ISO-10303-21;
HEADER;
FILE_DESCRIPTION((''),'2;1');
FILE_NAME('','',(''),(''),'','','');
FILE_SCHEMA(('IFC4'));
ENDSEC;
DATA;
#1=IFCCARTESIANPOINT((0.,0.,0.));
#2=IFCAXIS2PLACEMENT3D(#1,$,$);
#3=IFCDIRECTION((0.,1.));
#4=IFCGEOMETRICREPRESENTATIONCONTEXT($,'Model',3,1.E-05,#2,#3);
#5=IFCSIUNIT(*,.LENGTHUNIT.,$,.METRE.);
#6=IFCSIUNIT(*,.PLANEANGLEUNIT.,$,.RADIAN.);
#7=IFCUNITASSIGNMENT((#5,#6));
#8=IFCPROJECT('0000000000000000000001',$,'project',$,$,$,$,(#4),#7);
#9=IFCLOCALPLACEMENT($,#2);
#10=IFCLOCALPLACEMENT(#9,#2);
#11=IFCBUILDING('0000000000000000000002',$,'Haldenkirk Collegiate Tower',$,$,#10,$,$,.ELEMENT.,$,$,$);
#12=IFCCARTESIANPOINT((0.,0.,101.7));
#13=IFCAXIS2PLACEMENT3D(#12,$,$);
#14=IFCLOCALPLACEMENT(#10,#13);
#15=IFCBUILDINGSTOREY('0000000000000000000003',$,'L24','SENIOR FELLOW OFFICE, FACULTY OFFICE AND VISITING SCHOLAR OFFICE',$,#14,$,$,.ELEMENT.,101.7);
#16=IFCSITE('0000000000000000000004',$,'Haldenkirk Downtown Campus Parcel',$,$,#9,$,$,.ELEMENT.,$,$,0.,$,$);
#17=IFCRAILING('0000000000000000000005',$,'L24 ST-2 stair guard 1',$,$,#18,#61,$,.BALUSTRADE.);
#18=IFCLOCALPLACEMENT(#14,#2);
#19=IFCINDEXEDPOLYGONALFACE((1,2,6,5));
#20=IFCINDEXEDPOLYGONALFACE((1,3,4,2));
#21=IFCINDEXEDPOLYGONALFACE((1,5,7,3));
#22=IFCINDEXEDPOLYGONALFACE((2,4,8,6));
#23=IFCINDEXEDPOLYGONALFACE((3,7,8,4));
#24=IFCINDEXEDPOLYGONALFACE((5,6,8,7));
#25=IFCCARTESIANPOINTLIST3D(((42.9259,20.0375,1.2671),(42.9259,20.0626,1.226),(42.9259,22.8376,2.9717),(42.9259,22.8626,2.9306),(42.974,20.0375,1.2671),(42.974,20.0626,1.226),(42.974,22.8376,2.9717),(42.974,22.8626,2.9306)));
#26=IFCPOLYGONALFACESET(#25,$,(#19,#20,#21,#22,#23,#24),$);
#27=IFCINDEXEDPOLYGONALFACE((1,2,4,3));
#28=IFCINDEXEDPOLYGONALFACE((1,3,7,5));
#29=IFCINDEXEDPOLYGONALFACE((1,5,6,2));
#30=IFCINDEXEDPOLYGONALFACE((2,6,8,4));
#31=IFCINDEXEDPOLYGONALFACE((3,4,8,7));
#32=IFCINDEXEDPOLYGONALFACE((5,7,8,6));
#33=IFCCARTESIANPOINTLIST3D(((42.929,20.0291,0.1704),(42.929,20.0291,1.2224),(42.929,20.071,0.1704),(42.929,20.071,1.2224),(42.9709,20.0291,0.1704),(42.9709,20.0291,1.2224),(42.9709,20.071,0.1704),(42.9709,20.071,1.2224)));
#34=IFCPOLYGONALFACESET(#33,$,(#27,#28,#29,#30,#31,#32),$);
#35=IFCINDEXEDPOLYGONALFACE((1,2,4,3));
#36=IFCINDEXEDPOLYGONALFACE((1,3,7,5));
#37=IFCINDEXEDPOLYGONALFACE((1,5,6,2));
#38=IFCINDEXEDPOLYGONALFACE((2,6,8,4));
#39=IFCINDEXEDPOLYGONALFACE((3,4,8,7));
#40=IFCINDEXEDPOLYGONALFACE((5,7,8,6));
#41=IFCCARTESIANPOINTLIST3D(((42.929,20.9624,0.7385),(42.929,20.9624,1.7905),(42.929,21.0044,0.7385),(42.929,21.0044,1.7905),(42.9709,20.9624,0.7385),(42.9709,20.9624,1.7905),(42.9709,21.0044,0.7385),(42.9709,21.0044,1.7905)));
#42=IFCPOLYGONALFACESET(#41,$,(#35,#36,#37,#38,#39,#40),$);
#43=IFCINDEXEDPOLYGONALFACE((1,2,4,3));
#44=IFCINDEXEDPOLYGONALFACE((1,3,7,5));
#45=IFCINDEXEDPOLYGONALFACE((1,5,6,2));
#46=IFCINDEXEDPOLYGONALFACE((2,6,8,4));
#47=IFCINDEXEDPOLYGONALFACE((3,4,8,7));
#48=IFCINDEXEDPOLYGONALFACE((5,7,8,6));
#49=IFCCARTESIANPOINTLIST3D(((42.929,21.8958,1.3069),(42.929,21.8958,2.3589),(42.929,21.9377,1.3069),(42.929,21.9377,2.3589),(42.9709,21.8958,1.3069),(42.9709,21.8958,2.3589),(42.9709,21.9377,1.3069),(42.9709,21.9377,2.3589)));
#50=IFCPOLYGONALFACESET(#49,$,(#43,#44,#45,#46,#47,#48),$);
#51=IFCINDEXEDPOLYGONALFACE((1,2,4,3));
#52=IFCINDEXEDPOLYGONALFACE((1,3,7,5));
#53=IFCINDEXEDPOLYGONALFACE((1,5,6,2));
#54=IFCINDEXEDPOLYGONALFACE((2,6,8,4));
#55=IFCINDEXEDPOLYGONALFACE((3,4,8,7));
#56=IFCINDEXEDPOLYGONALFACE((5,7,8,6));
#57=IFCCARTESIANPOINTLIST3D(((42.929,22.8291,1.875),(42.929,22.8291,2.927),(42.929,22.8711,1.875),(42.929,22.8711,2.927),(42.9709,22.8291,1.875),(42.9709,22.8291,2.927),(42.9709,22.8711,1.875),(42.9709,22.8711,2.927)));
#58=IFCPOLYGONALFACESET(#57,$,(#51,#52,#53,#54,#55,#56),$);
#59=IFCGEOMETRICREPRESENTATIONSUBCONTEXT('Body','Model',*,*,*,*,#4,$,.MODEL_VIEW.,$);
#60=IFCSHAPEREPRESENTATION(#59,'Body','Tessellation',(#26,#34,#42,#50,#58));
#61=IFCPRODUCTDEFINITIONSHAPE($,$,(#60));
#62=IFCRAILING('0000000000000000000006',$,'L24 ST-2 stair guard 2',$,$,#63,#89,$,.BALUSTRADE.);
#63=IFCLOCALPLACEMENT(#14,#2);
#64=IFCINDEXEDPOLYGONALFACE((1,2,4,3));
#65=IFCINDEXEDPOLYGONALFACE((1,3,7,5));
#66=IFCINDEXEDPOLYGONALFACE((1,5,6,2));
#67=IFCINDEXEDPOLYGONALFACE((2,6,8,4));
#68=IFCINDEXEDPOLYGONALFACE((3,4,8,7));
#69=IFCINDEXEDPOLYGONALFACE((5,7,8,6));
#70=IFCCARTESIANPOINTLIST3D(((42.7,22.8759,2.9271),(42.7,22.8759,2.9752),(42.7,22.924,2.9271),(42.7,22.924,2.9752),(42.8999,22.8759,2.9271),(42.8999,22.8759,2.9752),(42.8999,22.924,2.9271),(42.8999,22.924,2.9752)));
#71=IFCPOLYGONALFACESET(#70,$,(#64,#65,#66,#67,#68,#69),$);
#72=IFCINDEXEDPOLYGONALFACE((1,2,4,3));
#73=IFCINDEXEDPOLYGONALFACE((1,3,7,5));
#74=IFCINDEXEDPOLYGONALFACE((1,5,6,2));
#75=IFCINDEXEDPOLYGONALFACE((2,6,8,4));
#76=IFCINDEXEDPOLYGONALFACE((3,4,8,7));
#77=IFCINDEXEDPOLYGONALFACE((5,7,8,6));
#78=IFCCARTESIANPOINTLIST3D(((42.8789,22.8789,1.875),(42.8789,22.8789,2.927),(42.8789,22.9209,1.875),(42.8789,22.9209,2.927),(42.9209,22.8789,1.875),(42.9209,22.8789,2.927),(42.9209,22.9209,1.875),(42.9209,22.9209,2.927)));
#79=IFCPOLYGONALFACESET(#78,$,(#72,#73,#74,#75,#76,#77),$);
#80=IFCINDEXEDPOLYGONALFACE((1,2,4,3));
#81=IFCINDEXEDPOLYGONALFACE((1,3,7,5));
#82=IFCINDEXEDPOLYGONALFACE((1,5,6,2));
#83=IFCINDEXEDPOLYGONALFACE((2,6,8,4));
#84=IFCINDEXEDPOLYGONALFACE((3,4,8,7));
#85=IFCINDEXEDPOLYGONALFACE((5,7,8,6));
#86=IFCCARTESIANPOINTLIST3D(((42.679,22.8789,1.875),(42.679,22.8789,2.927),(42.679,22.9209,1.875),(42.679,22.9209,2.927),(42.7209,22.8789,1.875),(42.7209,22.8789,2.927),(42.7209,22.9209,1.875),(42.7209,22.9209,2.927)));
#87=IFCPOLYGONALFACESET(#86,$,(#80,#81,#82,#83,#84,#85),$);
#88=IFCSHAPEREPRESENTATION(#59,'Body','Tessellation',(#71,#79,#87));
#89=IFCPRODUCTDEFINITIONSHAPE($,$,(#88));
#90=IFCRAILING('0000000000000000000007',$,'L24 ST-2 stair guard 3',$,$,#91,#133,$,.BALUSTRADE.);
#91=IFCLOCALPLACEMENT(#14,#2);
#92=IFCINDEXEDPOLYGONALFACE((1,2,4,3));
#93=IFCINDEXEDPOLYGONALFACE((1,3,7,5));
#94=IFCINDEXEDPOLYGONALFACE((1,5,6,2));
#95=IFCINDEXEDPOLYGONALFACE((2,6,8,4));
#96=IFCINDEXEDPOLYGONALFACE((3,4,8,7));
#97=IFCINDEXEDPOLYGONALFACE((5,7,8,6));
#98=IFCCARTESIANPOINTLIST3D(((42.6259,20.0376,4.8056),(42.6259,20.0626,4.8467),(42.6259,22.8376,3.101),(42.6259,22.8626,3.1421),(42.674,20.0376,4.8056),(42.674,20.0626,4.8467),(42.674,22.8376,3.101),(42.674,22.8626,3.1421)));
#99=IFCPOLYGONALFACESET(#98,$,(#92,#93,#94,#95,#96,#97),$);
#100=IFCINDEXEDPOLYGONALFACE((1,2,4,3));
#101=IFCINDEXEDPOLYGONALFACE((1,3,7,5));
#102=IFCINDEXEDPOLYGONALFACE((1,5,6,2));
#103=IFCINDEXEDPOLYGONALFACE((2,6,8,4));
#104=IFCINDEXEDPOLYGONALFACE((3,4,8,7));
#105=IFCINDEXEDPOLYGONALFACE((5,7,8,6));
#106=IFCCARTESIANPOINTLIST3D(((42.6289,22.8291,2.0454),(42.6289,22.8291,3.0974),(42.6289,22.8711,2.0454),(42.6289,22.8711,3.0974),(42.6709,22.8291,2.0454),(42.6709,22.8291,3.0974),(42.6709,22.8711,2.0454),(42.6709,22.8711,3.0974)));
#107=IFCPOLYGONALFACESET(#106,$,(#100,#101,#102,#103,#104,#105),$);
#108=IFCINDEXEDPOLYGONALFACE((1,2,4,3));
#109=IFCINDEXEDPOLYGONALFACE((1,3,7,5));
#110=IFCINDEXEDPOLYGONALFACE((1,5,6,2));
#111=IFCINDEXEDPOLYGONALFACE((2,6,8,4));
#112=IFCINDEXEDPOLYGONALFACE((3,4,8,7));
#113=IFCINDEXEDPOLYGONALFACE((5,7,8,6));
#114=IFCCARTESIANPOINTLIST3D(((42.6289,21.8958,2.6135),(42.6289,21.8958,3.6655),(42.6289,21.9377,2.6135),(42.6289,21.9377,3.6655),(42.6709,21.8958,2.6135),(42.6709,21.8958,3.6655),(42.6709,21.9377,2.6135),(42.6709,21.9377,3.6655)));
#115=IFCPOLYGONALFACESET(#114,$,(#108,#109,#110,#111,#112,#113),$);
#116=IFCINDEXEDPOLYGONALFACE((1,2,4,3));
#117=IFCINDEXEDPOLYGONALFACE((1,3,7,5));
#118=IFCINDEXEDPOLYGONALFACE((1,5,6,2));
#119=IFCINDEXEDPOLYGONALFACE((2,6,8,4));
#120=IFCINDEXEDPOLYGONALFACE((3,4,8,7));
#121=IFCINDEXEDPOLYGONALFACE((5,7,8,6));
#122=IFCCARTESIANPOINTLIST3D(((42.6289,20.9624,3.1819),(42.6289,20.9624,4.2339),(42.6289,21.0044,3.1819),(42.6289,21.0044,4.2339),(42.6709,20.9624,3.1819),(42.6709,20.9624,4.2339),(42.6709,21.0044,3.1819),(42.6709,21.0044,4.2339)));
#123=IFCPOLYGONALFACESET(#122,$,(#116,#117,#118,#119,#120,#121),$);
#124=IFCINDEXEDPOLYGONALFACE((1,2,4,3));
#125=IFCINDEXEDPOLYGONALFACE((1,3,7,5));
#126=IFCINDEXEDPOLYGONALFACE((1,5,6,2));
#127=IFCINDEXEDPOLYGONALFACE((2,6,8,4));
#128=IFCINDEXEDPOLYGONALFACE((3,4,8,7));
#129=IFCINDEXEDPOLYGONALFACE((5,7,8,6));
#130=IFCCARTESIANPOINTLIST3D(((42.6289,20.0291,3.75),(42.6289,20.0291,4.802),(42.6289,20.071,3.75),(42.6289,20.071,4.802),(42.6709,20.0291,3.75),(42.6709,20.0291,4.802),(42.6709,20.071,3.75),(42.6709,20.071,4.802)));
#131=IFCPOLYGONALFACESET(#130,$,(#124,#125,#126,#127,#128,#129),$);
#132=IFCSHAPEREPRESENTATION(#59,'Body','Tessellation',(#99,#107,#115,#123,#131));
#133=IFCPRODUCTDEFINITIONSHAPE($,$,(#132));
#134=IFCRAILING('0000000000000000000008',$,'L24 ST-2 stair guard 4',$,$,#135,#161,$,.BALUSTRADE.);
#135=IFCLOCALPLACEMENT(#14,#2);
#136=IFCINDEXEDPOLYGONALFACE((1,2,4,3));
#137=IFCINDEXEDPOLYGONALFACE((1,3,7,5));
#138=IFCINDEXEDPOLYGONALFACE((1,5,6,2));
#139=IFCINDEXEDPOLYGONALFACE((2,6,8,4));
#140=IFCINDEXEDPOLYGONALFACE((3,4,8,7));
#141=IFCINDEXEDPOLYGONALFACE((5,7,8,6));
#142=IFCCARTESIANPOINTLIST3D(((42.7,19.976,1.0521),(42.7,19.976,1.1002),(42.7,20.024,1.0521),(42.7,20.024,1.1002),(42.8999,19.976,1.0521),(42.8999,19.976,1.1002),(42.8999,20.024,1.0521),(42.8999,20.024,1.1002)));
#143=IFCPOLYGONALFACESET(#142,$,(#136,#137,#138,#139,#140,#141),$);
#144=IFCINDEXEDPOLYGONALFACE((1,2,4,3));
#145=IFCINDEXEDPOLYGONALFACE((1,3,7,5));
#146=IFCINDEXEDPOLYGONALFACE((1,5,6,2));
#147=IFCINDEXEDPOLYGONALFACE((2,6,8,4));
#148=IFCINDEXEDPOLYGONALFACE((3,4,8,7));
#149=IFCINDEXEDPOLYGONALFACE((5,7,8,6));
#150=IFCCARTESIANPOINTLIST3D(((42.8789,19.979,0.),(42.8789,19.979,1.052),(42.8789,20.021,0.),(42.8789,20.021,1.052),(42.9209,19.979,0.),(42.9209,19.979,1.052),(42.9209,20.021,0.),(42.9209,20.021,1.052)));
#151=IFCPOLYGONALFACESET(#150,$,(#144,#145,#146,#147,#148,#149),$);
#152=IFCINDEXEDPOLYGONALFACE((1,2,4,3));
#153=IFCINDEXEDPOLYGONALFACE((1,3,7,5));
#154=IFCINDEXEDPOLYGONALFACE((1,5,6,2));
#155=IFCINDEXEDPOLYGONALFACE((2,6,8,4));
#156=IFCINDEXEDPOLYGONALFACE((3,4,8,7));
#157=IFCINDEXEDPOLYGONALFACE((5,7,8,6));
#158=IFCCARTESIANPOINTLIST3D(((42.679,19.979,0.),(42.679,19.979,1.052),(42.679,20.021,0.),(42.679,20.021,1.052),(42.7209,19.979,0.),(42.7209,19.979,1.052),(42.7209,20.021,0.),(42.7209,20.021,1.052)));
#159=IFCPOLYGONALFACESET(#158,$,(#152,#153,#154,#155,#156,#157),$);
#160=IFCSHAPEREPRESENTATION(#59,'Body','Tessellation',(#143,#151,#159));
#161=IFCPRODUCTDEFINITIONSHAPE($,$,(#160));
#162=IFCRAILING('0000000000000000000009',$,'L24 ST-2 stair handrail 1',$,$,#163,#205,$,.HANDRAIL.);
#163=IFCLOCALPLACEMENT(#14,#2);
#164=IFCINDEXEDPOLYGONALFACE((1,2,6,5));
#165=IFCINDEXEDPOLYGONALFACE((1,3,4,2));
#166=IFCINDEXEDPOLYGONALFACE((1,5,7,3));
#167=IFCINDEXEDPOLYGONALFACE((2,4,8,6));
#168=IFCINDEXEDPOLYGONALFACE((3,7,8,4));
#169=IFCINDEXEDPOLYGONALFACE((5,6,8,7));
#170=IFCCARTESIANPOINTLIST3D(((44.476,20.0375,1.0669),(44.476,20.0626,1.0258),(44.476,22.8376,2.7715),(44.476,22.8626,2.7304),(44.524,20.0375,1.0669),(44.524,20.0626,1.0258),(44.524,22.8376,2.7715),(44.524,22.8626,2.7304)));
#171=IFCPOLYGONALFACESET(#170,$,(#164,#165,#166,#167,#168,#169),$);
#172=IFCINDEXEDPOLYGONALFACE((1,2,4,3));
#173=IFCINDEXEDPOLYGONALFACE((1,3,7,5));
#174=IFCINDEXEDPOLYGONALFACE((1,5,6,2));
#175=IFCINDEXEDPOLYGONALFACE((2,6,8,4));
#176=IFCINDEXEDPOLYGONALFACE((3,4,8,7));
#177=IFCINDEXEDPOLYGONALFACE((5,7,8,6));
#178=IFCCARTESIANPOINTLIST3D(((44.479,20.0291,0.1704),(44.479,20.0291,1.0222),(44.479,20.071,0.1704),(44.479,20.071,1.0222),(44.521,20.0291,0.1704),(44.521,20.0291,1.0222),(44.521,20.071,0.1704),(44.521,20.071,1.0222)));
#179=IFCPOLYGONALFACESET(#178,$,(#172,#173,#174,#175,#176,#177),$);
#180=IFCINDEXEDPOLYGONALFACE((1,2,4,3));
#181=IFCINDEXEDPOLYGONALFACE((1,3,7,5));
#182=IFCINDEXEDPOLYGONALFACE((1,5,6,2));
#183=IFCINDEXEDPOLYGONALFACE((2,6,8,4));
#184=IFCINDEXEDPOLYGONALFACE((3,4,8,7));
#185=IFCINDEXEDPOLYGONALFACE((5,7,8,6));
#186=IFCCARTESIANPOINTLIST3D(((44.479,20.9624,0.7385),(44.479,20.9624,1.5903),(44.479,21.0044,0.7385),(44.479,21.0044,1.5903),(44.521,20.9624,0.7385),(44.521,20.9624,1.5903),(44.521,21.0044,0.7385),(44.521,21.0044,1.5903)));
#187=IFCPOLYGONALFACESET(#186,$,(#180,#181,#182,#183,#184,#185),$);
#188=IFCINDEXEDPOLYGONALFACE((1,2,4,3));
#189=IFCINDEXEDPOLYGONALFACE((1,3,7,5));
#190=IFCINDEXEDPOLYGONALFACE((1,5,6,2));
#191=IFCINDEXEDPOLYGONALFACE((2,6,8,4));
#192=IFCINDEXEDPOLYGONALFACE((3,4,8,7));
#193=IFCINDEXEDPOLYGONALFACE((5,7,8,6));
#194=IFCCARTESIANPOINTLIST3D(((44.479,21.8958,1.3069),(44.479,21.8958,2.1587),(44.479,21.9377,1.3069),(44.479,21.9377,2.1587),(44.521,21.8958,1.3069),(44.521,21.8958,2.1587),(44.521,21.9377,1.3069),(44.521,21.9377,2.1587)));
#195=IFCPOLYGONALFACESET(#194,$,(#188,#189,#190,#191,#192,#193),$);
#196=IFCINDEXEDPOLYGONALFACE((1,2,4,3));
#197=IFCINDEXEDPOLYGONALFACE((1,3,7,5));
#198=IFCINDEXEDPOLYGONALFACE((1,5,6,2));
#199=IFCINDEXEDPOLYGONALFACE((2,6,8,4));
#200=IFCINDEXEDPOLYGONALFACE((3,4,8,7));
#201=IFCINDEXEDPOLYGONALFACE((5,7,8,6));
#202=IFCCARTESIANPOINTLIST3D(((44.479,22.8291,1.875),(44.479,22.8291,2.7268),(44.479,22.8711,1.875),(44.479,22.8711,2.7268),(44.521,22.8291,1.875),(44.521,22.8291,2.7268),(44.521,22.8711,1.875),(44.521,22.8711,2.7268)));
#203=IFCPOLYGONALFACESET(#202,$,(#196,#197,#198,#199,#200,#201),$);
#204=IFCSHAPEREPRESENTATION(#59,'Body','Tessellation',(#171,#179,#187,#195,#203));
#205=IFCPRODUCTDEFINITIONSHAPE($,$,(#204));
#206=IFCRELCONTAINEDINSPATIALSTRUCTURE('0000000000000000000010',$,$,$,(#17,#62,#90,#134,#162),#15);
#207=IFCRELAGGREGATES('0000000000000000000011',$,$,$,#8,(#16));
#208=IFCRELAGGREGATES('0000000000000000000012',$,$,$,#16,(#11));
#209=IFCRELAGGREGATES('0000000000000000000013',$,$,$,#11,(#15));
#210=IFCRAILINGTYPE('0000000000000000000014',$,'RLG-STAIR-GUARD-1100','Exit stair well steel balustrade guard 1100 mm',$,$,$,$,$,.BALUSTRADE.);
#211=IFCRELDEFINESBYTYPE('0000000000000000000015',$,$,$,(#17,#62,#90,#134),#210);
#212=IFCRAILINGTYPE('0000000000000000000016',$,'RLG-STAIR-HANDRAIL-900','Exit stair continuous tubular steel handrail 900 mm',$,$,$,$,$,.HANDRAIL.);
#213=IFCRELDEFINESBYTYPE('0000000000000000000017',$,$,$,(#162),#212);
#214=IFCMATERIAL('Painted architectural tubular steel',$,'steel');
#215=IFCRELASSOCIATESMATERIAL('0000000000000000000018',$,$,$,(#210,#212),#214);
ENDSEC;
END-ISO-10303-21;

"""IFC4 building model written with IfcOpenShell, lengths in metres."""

from ifc_helpers import new_model, si_unit, direction, frame, origin, origin_2d, place, context, subcontext, project, spatial, rectangle, extrude, material, type_object, element, save


model = new_model("IFC4")

# Units and contexts
model_context = context("Model", 3, precision=1e-05, world=origin(), true_north=direction((0.0, 1.0)))
body_context = subcontext(model_context, "Body", "Model", "MODEL_VIEW")
ifc_project = project(units=[si_unit("LENGTHUNIT", "METRE"), si_unit("PLANEANGLEUNIT", "RADIAN")], contexts=[model_context])

# Site, building, storey
site_placement = place(None, origin())
site = spatial("IfcSite", under=ifc_project, at=site_placement, Name="Haldenkirk Downtown Campus Parcel", CompositionType="ELEMENT", RefElevation=0.0)
building_placement = place(site_placement, origin())
building = spatial("IfcBuilding", under=site, at=building_placement, Name="Haldenkirk Collegiate Tower", CompositionType="ELEMENT")
storey_placement = place(building_placement, frame((0.0, 0.0, 101.7)))
storey = spatial("IfcBuildingStorey", under=building, at=storey_placement, Name="L24", Description="SENIOR FELLOW OFFICE, FACULTY OFFICE AND VISITING SCHOLAR OFFICE", CompositionType="ELEMENT", Elevation=101.7)

# Railings
ifc_material_1 = material(Name="Painted architectural tubular steel", Category="steel")
railing_type_1 = type_object("IfcRailingType", Name="RLG-STAIR-GUARD-1100", Description="Exit stair well steel balustrade guard 1100 mm", PredefinedType="BALUSTRADE", material=ifc_material_1)
railing_1_placement = place(storey_placement, frame((42.95, 20.05, 0.1704)))
element("IfcRailing", 1, at=railing_1_placement, inside=storey, type_object=railing_type_1, Name="L24 ST-2 stair guard 1", PredefinedType="BALUSTRADE", context=body_context, shape_type="SweptSolid", body=[
    extrude(rectangle(XDim=0.0481, YDim=0.0481, at=origin_2d()), frame((0.0, 0.0, 1.0762), z_axis=(0.0, 0.85417, 0.519994), x_axis=(-1.0, 0.0, 0.0)), (0.0, 0.0, 1.0), 3.2781),
    extrude(rectangle(XDim=0.042, YDim=0.042, at=origin_2d()), origin(), (0.0, 0.0, 1.0), 1.052),
    extrude(rectangle(XDim=0.042, YDim=0.042, at=origin_2d()), frame((0.0, 0.9333, 0.5681)), (0.0, 0.0, 1.0), 1.052),
    extrude(rectangle(XDim=0.042, YDim=0.042, at=origin_2d()), frame((0.0, 1.8667, 1.1365)), (0.0, 0.0, 1.0), 1.052),
    extrude(rectangle(XDim=0.042, YDim=0.042, at=origin_2d()), frame((0.0, 2.8, 1.7046)), (0.0, 0.0, 1.0), 1.052),
])
railing_2_placement = place(storey_placement, frame((42.8999, 22.8999, 1.875)))
element("IfcRailing", 2, at=railing_2_placement, inside=storey, type_object=railing_type_1, Name="L24 ST-2 stair guard 2", PredefinedType="BALUSTRADE", context=body_context, shape_type="SweptSolid", body=[
    extrude(rectangle(XDim=0.0481, YDim=0.0481, at=origin_2d()), frame((0.0, 0.0, 1.0762), z_axis=(-1.0, 0.0, 0.0), x_axis=(0.0, -1.0, 0.0)), (0.0, 0.0, 1.0), 0.2),
    extrude(rectangle(XDim=0.042, YDim=0.042, at=origin_2d()), origin(), (0.0, 0.0, 1.0), 1.052),
    extrude(rectangle(XDim=0.042, YDim=0.042, at=origin_2d()), frame((-0.2, 0.0, 0.0)), (0.0, 0.0, 1.0), 1.052),
])
railing_3_placement = place(storey_placement, frame((42.6499, 22.8501, 2.0454)))
element("IfcRailing", 3, at=railing_3_placement, inside=storey, type_object=railing_type_1, Name="L24 ST-2 stair guard 3", PredefinedType="BALUSTRADE", context=body_context, shape_type="SweptSolid", body=[
    extrude(rectangle(XDim=0.0481, YDim=0.0481, at=origin_2d()), frame((0.0, 0.0, 1.0762), z_axis=(0.0, -0.85417, 0.519994), x_axis=(1.0, 0.0, 0.0)), (0.0, 0.0, 1.0), 3.2781),
    extrude(rectangle(XDim=0.042, YDim=0.042, at=origin_2d()), origin(), (0.0, 0.0, 1.0), 1.052),
    extrude(rectangle(XDim=0.042, YDim=0.042, at=origin_2d()), frame((0.0, -0.9333, 0.5681)), (0.0, 0.0, 1.0), 1.052),
    extrude(rectangle(XDim=0.042, YDim=0.042, at=origin_2d()), frame((0.0, -1.8667, 1.1365)), (0.0, 0.0, 1.0), 1.052),
    extrude(rectangle(XDim=0.042, YDim=0.042, at=origin_2d()), frame((0.0, -2.8, 1.7046)), (0.0, 0.0, 1.0), 1.052),
])
railing_4_placement = place(storey_placement, frame((42.8999, 20.0, 0.0)))
element("IfcRailing", 4, at=railing_4_placement, inside=storey, type_object=railing_type_1, Name="L24 ST-2 stair guard 4", PredefinedType="BALUSTRADE", context=body_context, shape_type="SweptSolid", body=[
    extrude(rectangle(XDim=0.0481, YDim=0.0481, at=origin_2d()), frame((0.0, 0.0, 1.0762), z_axis=(-1.0, 0.0, 0.0), x_axis=(0.0, -1.0, 0.0)), (0.0, 0.0, 1.0), 0.2),
    extrude(rectangle(XDim=0.042, YDim=0.042, at=origin_2d()), origin(), (0.0, 0.0, 1.0), 1.052),
    extrude(rectangle(XDim=0.042, YDim=0.042, at=origin_2d()), frame((-0.2, 0.0, 0.0)), (0.0, 0.0, 1.0), 1.052),
])
railing_type_2 = type_object("IfcRailingType", Name="RLG-STAIR-HANDRAIL-900", Description="Exit stair continuous tubular steel handrail 900 mm", PredefinedType="HANDRAIL", material=ifc_material_1)
railing_5_placement = place(storey_placement, frame((44.5, 20.05, 0.1704)))
element("IfcRailing", 5, at=railing_5_placement, inside=storey, type_object=railing_type_2, Name="L24 ST-2 stair handrail 1", PredefinedType="HANDRAIL", context=body_context, shape_type="SweptSolid", body=[
    extrude(rectangle(XDim=0.0481, YDim=0.0481, at=origin_2d()), frame((0.0, 0.0, 0.876), z_axis=(0.0, 0.85417, 0.519994), x_axis=(-1.0, 0.0, 0.0)), (0.0, 0.0, 1.0), 3.2781),
    extrude(rectangle(XDim=0.042, YDim=0.042, at=origin_2d()), origin(), (0.0, 0.0, 1.0), 0.8518),
    extrude(rectangle(XDim=0.042, YDim=0.042, at=origin_2d()), frame((0.0, 0.9333, 0.5681)), (0.0, 0.0, 1.0), 0.8518),
    extrude(rectangle(XDim=0.042, YDim=0.042, at=origin_2d()), frame((0.0, 1.8667, 1.1365)), (0.0, 0.0, 1.0), 0.8518),
    extrude(rectangle(XDim=0.042, YDim=0.042, at=origin_2d()), frame((0.0, 2.8, 1.7046)), (0.0, 0.0, 1.0), 0.8518),
])

save(model, "model.ifc")
